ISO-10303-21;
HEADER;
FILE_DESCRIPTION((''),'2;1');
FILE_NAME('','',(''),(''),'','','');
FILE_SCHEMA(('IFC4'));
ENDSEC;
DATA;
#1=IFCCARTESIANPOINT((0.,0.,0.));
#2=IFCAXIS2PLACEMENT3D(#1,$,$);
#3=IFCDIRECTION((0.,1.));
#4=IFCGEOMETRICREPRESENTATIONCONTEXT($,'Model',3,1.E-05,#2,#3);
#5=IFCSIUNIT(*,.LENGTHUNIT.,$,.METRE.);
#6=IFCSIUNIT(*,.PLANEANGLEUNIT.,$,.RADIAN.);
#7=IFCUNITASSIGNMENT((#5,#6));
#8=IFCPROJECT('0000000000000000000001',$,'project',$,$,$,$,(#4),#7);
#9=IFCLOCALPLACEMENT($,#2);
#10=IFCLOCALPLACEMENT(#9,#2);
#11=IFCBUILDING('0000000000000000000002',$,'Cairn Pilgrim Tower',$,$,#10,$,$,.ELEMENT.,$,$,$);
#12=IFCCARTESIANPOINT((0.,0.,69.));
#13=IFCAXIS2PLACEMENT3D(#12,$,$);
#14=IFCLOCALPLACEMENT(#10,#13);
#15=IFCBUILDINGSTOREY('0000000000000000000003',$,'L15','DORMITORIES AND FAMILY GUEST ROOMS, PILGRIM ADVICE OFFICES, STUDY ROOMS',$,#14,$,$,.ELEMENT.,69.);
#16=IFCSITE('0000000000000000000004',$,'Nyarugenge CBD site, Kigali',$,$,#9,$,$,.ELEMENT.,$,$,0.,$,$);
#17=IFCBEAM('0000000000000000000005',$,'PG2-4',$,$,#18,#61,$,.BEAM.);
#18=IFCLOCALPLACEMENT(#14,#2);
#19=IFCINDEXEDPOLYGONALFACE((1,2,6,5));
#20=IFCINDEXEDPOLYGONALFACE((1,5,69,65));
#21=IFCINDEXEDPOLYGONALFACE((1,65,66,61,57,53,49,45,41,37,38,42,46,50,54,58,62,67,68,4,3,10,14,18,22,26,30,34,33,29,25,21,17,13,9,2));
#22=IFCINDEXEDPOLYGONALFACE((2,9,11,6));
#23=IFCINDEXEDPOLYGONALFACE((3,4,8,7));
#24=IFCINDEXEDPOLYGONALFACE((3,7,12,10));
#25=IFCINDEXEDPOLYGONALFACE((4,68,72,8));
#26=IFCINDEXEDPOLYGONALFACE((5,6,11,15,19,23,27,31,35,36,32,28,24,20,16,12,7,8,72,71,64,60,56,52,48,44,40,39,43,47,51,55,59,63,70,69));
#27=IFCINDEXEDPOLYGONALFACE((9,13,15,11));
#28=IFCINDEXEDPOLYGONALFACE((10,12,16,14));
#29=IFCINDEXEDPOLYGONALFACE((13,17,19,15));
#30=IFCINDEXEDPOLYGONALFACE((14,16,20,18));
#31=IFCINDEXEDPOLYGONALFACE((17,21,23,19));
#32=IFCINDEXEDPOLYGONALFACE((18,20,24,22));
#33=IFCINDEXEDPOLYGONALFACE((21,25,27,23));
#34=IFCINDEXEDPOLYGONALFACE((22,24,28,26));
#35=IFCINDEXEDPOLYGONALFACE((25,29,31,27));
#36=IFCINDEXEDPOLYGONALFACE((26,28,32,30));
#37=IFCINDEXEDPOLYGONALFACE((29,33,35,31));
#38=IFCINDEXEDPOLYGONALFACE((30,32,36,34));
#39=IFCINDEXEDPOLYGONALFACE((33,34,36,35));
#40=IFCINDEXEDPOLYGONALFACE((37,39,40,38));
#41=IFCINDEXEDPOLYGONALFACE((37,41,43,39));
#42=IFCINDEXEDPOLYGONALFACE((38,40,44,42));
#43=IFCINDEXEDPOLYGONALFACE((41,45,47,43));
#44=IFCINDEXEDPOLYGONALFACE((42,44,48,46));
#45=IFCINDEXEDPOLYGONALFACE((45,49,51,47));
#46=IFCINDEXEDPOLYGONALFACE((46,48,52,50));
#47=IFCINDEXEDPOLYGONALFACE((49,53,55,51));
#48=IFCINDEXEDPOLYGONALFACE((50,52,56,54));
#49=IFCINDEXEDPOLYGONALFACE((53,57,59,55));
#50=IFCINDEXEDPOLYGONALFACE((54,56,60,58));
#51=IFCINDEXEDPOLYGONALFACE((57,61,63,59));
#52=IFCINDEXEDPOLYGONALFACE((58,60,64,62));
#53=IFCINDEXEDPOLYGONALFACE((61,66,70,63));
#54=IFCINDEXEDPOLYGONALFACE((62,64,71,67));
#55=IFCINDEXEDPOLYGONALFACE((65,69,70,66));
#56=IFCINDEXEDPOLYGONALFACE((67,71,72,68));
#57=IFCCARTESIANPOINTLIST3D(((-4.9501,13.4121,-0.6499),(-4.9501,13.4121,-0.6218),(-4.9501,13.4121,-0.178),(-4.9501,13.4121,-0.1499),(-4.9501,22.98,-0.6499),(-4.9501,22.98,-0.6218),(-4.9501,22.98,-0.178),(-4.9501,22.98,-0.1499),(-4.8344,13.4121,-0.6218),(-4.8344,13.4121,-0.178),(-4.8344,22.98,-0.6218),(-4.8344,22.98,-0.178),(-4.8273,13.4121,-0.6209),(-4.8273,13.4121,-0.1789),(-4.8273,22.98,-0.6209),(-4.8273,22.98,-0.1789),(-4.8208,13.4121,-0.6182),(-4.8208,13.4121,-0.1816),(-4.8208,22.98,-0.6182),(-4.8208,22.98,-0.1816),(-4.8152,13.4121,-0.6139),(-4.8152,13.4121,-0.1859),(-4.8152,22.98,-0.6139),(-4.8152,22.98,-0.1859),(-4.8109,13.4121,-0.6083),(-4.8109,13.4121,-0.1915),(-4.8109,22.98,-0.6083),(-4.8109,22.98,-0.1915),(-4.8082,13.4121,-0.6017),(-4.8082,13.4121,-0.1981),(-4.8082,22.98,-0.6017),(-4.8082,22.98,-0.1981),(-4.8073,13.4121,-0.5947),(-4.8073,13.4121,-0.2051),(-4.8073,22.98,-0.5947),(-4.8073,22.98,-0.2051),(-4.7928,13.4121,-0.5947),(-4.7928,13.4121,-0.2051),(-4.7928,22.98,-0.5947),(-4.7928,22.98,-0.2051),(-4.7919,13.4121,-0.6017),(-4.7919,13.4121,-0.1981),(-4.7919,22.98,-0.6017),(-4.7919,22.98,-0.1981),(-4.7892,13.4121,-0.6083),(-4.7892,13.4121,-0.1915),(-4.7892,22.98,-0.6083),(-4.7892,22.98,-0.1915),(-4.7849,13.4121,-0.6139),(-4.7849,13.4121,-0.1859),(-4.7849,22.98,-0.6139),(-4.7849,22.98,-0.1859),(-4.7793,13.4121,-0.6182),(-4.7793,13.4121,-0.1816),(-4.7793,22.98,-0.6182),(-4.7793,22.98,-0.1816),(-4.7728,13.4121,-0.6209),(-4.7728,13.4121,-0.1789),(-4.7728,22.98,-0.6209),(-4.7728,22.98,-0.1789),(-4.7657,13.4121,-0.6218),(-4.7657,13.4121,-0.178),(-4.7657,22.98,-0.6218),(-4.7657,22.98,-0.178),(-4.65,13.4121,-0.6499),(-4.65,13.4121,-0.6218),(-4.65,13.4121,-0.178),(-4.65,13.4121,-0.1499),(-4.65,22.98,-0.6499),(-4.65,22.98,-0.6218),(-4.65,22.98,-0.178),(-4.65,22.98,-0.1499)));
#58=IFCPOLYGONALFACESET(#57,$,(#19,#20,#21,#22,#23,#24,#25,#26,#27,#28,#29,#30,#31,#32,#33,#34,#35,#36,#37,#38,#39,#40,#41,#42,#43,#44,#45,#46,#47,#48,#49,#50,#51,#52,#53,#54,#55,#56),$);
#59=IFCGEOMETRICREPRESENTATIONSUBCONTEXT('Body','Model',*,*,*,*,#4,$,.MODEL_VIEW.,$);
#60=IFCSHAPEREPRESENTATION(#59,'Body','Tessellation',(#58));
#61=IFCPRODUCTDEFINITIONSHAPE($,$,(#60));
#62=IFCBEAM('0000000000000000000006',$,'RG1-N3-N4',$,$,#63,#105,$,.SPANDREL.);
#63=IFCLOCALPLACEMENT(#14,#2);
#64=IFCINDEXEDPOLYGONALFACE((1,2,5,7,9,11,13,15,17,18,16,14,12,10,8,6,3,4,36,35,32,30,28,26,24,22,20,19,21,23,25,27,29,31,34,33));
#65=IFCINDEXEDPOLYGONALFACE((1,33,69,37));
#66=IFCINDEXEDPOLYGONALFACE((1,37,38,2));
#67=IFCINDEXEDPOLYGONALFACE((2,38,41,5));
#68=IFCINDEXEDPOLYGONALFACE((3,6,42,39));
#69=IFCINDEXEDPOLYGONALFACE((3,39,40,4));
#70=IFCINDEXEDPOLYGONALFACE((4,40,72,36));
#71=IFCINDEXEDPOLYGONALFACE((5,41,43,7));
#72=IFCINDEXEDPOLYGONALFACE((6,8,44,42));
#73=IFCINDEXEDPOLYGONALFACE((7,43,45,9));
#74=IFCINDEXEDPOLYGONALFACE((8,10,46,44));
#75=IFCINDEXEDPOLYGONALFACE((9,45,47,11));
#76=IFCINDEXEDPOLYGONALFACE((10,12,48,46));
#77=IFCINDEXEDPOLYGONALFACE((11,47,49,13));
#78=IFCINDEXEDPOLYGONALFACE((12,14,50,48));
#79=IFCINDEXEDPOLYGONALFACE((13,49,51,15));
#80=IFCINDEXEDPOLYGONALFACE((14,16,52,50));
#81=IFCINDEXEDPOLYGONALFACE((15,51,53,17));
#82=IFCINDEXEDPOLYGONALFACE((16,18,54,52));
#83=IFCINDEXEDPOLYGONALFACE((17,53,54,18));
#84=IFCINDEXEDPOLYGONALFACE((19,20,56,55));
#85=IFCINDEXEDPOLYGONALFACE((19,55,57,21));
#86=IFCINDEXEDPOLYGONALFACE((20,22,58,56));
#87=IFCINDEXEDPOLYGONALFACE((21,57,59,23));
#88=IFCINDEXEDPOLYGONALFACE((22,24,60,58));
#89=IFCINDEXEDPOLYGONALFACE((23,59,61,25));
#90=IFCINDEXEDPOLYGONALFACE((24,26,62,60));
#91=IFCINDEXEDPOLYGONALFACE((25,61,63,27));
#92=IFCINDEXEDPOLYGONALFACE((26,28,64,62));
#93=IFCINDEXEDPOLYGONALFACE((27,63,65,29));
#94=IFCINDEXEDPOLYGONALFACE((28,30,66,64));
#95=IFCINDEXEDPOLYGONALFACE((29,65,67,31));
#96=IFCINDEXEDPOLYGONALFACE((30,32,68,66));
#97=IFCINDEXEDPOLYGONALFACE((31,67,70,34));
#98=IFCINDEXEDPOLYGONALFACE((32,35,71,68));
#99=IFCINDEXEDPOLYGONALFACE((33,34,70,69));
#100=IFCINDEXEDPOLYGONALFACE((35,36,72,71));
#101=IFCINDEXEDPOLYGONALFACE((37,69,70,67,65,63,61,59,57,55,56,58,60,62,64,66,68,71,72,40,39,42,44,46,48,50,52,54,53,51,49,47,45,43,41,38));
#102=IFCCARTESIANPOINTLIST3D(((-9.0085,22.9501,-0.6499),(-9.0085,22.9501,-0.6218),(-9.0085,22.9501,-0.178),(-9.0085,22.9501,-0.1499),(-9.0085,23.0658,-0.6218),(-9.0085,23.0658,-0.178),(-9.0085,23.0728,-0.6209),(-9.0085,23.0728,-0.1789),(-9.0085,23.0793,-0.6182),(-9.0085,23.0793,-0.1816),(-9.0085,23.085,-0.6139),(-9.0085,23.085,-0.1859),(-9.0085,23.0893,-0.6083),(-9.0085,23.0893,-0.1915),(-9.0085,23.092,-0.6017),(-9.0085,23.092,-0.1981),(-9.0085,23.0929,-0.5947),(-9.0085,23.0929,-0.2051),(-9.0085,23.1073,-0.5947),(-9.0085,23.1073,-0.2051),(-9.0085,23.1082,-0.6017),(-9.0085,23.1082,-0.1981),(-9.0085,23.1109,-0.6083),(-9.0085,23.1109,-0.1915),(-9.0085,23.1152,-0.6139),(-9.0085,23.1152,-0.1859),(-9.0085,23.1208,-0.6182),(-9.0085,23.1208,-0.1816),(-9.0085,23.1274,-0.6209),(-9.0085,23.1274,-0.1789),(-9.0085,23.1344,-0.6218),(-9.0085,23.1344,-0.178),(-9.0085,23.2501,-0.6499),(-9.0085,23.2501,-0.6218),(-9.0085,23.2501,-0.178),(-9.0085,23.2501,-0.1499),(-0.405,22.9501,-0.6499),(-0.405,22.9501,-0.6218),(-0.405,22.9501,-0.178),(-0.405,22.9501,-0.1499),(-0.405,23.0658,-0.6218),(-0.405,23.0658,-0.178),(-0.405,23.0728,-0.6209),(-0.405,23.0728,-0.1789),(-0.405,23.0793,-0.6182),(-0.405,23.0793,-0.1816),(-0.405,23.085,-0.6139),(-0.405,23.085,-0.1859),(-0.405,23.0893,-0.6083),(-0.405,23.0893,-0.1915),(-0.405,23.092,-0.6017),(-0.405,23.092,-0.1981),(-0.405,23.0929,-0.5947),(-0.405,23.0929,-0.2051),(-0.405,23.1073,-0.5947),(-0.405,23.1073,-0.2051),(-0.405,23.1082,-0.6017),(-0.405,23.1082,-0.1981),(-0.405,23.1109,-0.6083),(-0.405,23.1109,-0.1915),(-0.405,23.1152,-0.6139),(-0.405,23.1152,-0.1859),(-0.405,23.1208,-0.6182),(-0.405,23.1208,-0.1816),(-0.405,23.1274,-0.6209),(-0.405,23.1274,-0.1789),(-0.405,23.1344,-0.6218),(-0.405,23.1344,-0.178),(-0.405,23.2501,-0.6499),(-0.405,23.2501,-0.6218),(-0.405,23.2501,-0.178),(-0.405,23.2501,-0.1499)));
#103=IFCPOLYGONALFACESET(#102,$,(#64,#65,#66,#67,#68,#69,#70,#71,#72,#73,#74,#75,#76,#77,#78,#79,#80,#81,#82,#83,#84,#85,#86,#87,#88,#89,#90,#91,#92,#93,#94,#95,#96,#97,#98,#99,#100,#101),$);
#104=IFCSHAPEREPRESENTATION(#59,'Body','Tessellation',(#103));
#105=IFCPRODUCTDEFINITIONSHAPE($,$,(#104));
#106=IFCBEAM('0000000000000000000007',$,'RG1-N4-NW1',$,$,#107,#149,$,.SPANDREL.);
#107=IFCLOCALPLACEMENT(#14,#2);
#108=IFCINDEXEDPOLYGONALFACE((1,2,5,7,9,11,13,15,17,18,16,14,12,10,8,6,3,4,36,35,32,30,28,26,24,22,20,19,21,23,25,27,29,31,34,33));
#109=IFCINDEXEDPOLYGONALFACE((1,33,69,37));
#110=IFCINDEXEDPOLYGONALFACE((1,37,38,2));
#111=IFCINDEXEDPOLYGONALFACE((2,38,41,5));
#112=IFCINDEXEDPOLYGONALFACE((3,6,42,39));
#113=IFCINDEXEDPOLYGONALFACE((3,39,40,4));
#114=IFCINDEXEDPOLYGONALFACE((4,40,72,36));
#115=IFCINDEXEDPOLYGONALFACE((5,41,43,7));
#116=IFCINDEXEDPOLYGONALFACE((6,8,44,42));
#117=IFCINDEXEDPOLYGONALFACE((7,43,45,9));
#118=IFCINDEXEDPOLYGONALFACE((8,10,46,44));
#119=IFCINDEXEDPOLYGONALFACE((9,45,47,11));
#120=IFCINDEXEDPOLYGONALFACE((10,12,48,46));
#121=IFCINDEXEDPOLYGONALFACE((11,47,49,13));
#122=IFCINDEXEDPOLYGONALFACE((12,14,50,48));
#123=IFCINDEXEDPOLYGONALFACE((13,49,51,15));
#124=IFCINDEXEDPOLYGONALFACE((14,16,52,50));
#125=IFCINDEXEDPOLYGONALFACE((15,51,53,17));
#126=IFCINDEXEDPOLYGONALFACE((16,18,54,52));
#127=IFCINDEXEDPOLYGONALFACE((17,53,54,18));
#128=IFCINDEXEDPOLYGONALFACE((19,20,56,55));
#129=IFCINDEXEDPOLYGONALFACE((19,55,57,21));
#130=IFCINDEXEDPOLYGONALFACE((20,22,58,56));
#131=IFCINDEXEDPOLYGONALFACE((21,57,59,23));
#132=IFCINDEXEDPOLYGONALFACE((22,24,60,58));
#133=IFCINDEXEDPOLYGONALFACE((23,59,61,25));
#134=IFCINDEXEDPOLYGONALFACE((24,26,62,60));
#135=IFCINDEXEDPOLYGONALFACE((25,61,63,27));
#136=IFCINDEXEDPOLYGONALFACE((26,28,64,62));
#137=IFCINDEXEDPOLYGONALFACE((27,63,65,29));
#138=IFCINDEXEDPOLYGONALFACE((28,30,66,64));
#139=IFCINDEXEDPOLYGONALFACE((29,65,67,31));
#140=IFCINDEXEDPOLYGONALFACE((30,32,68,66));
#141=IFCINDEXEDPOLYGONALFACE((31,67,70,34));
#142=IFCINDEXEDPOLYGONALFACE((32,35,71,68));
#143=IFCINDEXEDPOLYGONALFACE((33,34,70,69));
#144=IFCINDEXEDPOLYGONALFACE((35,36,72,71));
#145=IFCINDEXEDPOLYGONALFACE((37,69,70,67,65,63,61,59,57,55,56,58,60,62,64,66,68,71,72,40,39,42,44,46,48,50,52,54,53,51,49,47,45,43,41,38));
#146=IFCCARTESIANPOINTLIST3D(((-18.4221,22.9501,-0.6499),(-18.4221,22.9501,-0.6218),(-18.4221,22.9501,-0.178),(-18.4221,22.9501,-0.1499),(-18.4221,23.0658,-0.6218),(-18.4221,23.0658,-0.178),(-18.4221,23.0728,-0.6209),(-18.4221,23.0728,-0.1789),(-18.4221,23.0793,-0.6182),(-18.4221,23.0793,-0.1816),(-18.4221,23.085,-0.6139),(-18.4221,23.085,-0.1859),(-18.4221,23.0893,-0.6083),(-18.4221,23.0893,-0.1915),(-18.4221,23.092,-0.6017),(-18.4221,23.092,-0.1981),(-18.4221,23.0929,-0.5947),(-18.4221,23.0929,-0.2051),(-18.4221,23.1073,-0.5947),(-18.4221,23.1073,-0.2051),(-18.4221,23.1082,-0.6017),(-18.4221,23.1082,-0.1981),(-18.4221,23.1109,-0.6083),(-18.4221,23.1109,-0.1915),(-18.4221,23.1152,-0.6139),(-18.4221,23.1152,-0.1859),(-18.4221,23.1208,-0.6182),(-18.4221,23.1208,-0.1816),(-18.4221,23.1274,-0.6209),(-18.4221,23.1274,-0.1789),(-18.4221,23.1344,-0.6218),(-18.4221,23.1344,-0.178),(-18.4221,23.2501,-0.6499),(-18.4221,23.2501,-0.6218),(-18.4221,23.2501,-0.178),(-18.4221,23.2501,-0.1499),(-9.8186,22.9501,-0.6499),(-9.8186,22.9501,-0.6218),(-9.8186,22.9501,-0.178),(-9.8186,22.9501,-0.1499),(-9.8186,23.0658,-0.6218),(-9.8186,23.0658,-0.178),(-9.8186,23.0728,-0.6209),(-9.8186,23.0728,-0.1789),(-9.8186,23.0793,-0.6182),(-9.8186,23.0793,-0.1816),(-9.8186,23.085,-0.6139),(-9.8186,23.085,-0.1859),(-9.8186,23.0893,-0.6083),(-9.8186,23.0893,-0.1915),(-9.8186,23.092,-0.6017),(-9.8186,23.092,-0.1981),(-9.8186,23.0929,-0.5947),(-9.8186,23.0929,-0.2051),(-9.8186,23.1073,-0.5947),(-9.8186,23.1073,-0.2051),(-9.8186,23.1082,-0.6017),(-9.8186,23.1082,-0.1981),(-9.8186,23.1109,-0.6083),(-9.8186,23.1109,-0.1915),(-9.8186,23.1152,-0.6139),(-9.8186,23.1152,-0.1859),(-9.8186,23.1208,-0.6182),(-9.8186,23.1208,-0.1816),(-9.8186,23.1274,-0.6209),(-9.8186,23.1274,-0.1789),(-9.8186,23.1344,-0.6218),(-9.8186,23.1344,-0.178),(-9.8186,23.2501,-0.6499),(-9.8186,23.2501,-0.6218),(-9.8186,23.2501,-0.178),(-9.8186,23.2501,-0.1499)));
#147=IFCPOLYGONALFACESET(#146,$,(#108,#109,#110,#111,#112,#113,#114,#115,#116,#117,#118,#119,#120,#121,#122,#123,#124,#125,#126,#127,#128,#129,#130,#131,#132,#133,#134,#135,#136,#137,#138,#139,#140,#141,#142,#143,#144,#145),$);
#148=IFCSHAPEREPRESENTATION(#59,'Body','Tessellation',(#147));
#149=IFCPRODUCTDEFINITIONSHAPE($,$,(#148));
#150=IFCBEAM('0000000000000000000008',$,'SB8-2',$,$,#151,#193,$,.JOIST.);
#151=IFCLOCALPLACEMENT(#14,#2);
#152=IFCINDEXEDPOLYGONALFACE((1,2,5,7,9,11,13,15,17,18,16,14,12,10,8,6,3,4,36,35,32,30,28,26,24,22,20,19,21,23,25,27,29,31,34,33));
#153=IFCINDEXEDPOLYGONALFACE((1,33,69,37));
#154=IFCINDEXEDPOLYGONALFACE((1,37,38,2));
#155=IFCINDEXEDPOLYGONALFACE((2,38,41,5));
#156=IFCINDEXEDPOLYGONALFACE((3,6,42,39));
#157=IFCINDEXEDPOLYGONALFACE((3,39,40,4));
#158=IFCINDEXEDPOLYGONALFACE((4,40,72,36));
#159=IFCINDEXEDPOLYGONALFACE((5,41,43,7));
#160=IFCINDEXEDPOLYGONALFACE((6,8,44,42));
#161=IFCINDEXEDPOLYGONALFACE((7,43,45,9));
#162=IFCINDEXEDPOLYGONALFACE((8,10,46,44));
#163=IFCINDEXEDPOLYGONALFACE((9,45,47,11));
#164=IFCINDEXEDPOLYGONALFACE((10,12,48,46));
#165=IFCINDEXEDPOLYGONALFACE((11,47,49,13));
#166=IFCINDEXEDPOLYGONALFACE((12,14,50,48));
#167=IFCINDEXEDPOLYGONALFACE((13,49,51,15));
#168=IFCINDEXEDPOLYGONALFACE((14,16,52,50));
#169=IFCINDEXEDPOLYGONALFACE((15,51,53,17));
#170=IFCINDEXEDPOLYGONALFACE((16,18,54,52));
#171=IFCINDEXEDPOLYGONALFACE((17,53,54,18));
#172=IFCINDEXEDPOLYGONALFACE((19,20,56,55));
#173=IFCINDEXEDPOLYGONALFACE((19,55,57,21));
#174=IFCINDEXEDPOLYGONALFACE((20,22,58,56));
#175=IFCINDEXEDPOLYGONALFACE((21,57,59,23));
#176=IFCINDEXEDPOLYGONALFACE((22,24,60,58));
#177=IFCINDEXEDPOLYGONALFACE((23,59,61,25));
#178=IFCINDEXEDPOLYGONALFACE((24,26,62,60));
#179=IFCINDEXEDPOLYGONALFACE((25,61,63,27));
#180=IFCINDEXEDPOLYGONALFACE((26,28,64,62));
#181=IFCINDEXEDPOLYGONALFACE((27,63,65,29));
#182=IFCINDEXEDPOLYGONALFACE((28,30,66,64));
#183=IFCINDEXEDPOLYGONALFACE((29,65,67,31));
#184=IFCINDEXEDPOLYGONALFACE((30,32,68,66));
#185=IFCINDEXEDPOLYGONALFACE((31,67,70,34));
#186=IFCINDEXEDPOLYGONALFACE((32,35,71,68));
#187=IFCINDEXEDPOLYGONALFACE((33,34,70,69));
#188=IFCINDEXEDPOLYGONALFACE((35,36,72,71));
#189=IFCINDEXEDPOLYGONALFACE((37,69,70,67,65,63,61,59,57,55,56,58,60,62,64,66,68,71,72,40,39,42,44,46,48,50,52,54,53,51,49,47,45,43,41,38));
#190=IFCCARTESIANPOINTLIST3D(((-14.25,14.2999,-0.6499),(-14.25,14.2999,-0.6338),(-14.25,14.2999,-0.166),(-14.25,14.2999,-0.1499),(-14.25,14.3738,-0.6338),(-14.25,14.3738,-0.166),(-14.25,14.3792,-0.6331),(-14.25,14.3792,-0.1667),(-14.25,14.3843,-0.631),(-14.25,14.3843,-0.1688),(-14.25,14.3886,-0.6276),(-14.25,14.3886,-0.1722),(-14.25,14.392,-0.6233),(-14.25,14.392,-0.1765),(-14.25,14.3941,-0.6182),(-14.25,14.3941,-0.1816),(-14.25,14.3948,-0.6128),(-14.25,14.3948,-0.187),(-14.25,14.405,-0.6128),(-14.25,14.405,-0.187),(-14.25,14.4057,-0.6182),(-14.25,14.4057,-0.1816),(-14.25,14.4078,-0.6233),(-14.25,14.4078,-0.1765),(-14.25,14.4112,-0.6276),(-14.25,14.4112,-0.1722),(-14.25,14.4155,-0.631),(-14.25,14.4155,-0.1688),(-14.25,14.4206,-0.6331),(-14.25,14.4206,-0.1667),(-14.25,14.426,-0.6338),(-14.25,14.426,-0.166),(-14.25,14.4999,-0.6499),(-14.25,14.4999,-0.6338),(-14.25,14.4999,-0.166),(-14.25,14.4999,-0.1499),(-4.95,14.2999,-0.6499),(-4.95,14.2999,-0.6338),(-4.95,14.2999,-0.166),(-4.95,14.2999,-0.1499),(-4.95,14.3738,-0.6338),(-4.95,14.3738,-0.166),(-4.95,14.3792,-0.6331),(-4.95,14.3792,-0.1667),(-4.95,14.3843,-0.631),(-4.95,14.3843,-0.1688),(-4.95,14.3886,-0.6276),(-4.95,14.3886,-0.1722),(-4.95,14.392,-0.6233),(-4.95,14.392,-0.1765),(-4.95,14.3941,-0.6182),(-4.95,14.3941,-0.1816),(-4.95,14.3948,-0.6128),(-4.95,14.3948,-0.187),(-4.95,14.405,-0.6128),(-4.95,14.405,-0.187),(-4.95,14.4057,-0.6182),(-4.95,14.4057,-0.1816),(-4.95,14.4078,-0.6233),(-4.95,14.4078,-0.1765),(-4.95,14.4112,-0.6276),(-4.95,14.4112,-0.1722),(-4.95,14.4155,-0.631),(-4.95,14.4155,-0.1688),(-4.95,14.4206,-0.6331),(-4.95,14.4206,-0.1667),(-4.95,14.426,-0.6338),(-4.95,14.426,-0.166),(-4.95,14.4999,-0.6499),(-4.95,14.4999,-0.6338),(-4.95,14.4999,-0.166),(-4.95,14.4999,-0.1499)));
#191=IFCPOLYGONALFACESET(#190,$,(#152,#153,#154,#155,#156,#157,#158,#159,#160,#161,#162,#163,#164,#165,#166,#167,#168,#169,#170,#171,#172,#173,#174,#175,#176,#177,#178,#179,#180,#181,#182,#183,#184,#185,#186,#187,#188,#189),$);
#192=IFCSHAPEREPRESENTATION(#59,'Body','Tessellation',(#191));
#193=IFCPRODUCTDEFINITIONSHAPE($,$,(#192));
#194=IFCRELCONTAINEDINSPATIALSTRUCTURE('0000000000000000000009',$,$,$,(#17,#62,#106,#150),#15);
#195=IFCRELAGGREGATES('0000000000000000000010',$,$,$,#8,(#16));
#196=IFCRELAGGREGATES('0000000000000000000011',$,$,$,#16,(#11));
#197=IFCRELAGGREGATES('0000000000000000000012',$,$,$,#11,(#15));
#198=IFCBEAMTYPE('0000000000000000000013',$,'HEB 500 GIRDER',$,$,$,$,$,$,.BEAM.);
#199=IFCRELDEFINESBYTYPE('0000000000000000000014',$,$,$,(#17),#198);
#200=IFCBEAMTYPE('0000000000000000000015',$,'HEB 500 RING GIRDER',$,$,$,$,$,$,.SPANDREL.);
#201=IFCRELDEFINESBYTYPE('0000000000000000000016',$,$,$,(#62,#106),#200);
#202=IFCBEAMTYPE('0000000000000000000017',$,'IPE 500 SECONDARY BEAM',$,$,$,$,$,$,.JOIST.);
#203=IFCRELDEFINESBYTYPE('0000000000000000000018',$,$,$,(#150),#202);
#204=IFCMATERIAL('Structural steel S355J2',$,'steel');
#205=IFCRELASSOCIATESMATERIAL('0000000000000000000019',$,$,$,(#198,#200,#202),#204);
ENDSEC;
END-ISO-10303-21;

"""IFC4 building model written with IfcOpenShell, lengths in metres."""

from ifc_helpers import new_model, si_unit, direction, frame, origin, origin_2d, place, context, subcontext, project, spatial, i_section, extrude, material, material_profile, profile_set, type_object, element, save


model = new_model("IFC4")

# Units and contexts
model_context = context("Model", 3, precision=1e-05, world=origin(), true_north=direction((0.0, 1.0)))
body_context = subcontext(model_context, "Body", "Model", "MODEL_VIEW")
ifc_project = project(units=[si_unit("LENGTHUNIT", "METRE"), si_unit("PLANEANGLEUNIT", "RADIAN")], contexts=[model_context])

# Site, building, storey
site_placement = place(None, origin())
site = spatial("IfcSite", under=ifc_project, at=site_placement, Name="Nyarugenge CBD site, Kigali", CompositionType="ELEMENT", RefElevation=0.0)
building_placement = place(site_placement, origin())
building = spatial("IfcBuilding", under=site, at=building_placement, Name="Cairn Pilgrim Tower", CompositionType="ELEMENT")
storey_placement = place(building_placement, frame((0.0, 0.0, 69.0)))
storey = spatial("IfcBuildingStorey", under=building, at=storey_placement, Name="L15", Description="DORMITORIES AND FAMILY GUEST ROOMS, PILGRIM ADVICE OFFICES, STUDY ROOMS", CompositionType="ELEMENT", Elevation=69.0)

# Beams
ifc_material_1 = material(Name="Structural steel S355J2", Category="steel")
ifc_material_profile_1 = material_profile(ifc_material_1, i_section(OverallWidth=0.3, OverallDepth=0.5, WebThickness=0.0144, FlangeThickness=0.0281, FilletRadius=0.0271, at=origin_2d()), Name="HEB 500")
ifc_profile_set_1 = profile_set([ifc_material_profile_1], Name="Structural steel S355J2")
beam_type_1 = type_object("IfcBeamType", Name="HEB 500 GIRDER", PredefinedType="BEAM", material=ifc_profile_set_1)
beam_1_placement = place(storey_placement, frame((-4.8, 13.4121, -0.3999), z_axis=(0.0, 1.0, 0.0), x_axis=(-1.0, 0.0, 0.0)))
element("IfcBeam", 1, at=beam_1_placement, inside=storey, type_object=beam_type_1, Name="PG2-4", PredefinedType="BEAM", context=body_context, shape_type="SweptSolid", body=[
    extrude(i_section(OverallWidth=0.3, OverallDepth=0.5, WebThickness=0.0144, FlangeThickness=0.0281, FilletRadius=0.0271, at=origin_2d()), origin(), (0.0, 0.0, 1.0), 9.5679),
])
ifc_material_profile_2 = material_profile(ifc_material_1, i_section(OverallWidth=0.3, OverallDepth=0.5, WebThickness=0.0144, FlangeThickness=0.0281, FilletRadius=0.0271, at=origin_2d()), Name="HEB 500")
ifc_profile_set_2 = profile_set([ifc_material_profile_2], Name="Structural steel S355J2")
beam_type_2 = type_object("IfcBeamType", Name="HEB 500 RING GIRDER", PredefinedType="SPANDREL", material=ifc_profile_set_2)
for number, where, z_axis, x_axis, name in (
    (2, (-0.405, 23.1001, -0.3999), (-1.0, 0.0, 0.0), (0.0, -1.0, 0.0), "RG1-N3-N4"),
    (3, (-9.8186, 23.1001, -0.3999), (-1.0, 0.0, 0.0), (0.0, -1.0, 0.0), "RG1-N4-NW1"),
):
    element("IfcBeam", number, at=place(storey_placement, frame(where, z_axis=z_axis, x_axis=x_axis)), inside=storey, type_object=beam_type_2, Name=name, PredefinedType="SPANDREL", context=body_context, shape_type="SweptSolid", body=[
        extrude(i_section(OverallWidth=0.3, OverallDepth=0.5, WebThickness=0.0144, FlangeThickness=0.0281, FilletRadius=0.0271, at=origin_2d()), origin(), (0.0, 0.0, 1.0), 8.6035),
    ])
ifc_material_profile_3 = material_profile(ifc_material_1, i_section(OverallWidth=0.2, OverallDepth=0.5, WebThickness=0.0103, FlangeThickness=0.0161, FilletRadius=0.021, at=origin_2d()), Name="IPE 500")
ifc_profile_set_3 = profile_set([ifc_material_profile_3], Name="Structural steel S355J2")
beam_type_3 = type_object("IfcBeamType", Name="IPE 500 SECONDARY BEAM", PredefinedType="JOIST", material=ifc_profile_set_3)
for number, where, z_axis, x_axis, name in (
    (4, (-14.25, 14.3999, -0.3999), (1.0, 0.0, 0.0), (0.0, 1.0, 0.0), "SB8-2"),
):
    element("IfcBeam", number, at=place(storey_placement, frame(where, z_axis=z_axis, x_axis=x_axis)), inside=storey, type_object=beam_type_3, Name=name, PredefinedType="JOIST", context=body_context, shape_type="SweptSolid", body=[
        extrude(i_section(OverallWidth=0.2, OverallDepth=0.5, WebThickness=0.0103, FlangeThickness=0.0161, FilletRadius=0.021, at=origin_2d()), origin(), (0.0, 0.0, 1.0), 9.3),
    ])

save(model, "model.ifc")
